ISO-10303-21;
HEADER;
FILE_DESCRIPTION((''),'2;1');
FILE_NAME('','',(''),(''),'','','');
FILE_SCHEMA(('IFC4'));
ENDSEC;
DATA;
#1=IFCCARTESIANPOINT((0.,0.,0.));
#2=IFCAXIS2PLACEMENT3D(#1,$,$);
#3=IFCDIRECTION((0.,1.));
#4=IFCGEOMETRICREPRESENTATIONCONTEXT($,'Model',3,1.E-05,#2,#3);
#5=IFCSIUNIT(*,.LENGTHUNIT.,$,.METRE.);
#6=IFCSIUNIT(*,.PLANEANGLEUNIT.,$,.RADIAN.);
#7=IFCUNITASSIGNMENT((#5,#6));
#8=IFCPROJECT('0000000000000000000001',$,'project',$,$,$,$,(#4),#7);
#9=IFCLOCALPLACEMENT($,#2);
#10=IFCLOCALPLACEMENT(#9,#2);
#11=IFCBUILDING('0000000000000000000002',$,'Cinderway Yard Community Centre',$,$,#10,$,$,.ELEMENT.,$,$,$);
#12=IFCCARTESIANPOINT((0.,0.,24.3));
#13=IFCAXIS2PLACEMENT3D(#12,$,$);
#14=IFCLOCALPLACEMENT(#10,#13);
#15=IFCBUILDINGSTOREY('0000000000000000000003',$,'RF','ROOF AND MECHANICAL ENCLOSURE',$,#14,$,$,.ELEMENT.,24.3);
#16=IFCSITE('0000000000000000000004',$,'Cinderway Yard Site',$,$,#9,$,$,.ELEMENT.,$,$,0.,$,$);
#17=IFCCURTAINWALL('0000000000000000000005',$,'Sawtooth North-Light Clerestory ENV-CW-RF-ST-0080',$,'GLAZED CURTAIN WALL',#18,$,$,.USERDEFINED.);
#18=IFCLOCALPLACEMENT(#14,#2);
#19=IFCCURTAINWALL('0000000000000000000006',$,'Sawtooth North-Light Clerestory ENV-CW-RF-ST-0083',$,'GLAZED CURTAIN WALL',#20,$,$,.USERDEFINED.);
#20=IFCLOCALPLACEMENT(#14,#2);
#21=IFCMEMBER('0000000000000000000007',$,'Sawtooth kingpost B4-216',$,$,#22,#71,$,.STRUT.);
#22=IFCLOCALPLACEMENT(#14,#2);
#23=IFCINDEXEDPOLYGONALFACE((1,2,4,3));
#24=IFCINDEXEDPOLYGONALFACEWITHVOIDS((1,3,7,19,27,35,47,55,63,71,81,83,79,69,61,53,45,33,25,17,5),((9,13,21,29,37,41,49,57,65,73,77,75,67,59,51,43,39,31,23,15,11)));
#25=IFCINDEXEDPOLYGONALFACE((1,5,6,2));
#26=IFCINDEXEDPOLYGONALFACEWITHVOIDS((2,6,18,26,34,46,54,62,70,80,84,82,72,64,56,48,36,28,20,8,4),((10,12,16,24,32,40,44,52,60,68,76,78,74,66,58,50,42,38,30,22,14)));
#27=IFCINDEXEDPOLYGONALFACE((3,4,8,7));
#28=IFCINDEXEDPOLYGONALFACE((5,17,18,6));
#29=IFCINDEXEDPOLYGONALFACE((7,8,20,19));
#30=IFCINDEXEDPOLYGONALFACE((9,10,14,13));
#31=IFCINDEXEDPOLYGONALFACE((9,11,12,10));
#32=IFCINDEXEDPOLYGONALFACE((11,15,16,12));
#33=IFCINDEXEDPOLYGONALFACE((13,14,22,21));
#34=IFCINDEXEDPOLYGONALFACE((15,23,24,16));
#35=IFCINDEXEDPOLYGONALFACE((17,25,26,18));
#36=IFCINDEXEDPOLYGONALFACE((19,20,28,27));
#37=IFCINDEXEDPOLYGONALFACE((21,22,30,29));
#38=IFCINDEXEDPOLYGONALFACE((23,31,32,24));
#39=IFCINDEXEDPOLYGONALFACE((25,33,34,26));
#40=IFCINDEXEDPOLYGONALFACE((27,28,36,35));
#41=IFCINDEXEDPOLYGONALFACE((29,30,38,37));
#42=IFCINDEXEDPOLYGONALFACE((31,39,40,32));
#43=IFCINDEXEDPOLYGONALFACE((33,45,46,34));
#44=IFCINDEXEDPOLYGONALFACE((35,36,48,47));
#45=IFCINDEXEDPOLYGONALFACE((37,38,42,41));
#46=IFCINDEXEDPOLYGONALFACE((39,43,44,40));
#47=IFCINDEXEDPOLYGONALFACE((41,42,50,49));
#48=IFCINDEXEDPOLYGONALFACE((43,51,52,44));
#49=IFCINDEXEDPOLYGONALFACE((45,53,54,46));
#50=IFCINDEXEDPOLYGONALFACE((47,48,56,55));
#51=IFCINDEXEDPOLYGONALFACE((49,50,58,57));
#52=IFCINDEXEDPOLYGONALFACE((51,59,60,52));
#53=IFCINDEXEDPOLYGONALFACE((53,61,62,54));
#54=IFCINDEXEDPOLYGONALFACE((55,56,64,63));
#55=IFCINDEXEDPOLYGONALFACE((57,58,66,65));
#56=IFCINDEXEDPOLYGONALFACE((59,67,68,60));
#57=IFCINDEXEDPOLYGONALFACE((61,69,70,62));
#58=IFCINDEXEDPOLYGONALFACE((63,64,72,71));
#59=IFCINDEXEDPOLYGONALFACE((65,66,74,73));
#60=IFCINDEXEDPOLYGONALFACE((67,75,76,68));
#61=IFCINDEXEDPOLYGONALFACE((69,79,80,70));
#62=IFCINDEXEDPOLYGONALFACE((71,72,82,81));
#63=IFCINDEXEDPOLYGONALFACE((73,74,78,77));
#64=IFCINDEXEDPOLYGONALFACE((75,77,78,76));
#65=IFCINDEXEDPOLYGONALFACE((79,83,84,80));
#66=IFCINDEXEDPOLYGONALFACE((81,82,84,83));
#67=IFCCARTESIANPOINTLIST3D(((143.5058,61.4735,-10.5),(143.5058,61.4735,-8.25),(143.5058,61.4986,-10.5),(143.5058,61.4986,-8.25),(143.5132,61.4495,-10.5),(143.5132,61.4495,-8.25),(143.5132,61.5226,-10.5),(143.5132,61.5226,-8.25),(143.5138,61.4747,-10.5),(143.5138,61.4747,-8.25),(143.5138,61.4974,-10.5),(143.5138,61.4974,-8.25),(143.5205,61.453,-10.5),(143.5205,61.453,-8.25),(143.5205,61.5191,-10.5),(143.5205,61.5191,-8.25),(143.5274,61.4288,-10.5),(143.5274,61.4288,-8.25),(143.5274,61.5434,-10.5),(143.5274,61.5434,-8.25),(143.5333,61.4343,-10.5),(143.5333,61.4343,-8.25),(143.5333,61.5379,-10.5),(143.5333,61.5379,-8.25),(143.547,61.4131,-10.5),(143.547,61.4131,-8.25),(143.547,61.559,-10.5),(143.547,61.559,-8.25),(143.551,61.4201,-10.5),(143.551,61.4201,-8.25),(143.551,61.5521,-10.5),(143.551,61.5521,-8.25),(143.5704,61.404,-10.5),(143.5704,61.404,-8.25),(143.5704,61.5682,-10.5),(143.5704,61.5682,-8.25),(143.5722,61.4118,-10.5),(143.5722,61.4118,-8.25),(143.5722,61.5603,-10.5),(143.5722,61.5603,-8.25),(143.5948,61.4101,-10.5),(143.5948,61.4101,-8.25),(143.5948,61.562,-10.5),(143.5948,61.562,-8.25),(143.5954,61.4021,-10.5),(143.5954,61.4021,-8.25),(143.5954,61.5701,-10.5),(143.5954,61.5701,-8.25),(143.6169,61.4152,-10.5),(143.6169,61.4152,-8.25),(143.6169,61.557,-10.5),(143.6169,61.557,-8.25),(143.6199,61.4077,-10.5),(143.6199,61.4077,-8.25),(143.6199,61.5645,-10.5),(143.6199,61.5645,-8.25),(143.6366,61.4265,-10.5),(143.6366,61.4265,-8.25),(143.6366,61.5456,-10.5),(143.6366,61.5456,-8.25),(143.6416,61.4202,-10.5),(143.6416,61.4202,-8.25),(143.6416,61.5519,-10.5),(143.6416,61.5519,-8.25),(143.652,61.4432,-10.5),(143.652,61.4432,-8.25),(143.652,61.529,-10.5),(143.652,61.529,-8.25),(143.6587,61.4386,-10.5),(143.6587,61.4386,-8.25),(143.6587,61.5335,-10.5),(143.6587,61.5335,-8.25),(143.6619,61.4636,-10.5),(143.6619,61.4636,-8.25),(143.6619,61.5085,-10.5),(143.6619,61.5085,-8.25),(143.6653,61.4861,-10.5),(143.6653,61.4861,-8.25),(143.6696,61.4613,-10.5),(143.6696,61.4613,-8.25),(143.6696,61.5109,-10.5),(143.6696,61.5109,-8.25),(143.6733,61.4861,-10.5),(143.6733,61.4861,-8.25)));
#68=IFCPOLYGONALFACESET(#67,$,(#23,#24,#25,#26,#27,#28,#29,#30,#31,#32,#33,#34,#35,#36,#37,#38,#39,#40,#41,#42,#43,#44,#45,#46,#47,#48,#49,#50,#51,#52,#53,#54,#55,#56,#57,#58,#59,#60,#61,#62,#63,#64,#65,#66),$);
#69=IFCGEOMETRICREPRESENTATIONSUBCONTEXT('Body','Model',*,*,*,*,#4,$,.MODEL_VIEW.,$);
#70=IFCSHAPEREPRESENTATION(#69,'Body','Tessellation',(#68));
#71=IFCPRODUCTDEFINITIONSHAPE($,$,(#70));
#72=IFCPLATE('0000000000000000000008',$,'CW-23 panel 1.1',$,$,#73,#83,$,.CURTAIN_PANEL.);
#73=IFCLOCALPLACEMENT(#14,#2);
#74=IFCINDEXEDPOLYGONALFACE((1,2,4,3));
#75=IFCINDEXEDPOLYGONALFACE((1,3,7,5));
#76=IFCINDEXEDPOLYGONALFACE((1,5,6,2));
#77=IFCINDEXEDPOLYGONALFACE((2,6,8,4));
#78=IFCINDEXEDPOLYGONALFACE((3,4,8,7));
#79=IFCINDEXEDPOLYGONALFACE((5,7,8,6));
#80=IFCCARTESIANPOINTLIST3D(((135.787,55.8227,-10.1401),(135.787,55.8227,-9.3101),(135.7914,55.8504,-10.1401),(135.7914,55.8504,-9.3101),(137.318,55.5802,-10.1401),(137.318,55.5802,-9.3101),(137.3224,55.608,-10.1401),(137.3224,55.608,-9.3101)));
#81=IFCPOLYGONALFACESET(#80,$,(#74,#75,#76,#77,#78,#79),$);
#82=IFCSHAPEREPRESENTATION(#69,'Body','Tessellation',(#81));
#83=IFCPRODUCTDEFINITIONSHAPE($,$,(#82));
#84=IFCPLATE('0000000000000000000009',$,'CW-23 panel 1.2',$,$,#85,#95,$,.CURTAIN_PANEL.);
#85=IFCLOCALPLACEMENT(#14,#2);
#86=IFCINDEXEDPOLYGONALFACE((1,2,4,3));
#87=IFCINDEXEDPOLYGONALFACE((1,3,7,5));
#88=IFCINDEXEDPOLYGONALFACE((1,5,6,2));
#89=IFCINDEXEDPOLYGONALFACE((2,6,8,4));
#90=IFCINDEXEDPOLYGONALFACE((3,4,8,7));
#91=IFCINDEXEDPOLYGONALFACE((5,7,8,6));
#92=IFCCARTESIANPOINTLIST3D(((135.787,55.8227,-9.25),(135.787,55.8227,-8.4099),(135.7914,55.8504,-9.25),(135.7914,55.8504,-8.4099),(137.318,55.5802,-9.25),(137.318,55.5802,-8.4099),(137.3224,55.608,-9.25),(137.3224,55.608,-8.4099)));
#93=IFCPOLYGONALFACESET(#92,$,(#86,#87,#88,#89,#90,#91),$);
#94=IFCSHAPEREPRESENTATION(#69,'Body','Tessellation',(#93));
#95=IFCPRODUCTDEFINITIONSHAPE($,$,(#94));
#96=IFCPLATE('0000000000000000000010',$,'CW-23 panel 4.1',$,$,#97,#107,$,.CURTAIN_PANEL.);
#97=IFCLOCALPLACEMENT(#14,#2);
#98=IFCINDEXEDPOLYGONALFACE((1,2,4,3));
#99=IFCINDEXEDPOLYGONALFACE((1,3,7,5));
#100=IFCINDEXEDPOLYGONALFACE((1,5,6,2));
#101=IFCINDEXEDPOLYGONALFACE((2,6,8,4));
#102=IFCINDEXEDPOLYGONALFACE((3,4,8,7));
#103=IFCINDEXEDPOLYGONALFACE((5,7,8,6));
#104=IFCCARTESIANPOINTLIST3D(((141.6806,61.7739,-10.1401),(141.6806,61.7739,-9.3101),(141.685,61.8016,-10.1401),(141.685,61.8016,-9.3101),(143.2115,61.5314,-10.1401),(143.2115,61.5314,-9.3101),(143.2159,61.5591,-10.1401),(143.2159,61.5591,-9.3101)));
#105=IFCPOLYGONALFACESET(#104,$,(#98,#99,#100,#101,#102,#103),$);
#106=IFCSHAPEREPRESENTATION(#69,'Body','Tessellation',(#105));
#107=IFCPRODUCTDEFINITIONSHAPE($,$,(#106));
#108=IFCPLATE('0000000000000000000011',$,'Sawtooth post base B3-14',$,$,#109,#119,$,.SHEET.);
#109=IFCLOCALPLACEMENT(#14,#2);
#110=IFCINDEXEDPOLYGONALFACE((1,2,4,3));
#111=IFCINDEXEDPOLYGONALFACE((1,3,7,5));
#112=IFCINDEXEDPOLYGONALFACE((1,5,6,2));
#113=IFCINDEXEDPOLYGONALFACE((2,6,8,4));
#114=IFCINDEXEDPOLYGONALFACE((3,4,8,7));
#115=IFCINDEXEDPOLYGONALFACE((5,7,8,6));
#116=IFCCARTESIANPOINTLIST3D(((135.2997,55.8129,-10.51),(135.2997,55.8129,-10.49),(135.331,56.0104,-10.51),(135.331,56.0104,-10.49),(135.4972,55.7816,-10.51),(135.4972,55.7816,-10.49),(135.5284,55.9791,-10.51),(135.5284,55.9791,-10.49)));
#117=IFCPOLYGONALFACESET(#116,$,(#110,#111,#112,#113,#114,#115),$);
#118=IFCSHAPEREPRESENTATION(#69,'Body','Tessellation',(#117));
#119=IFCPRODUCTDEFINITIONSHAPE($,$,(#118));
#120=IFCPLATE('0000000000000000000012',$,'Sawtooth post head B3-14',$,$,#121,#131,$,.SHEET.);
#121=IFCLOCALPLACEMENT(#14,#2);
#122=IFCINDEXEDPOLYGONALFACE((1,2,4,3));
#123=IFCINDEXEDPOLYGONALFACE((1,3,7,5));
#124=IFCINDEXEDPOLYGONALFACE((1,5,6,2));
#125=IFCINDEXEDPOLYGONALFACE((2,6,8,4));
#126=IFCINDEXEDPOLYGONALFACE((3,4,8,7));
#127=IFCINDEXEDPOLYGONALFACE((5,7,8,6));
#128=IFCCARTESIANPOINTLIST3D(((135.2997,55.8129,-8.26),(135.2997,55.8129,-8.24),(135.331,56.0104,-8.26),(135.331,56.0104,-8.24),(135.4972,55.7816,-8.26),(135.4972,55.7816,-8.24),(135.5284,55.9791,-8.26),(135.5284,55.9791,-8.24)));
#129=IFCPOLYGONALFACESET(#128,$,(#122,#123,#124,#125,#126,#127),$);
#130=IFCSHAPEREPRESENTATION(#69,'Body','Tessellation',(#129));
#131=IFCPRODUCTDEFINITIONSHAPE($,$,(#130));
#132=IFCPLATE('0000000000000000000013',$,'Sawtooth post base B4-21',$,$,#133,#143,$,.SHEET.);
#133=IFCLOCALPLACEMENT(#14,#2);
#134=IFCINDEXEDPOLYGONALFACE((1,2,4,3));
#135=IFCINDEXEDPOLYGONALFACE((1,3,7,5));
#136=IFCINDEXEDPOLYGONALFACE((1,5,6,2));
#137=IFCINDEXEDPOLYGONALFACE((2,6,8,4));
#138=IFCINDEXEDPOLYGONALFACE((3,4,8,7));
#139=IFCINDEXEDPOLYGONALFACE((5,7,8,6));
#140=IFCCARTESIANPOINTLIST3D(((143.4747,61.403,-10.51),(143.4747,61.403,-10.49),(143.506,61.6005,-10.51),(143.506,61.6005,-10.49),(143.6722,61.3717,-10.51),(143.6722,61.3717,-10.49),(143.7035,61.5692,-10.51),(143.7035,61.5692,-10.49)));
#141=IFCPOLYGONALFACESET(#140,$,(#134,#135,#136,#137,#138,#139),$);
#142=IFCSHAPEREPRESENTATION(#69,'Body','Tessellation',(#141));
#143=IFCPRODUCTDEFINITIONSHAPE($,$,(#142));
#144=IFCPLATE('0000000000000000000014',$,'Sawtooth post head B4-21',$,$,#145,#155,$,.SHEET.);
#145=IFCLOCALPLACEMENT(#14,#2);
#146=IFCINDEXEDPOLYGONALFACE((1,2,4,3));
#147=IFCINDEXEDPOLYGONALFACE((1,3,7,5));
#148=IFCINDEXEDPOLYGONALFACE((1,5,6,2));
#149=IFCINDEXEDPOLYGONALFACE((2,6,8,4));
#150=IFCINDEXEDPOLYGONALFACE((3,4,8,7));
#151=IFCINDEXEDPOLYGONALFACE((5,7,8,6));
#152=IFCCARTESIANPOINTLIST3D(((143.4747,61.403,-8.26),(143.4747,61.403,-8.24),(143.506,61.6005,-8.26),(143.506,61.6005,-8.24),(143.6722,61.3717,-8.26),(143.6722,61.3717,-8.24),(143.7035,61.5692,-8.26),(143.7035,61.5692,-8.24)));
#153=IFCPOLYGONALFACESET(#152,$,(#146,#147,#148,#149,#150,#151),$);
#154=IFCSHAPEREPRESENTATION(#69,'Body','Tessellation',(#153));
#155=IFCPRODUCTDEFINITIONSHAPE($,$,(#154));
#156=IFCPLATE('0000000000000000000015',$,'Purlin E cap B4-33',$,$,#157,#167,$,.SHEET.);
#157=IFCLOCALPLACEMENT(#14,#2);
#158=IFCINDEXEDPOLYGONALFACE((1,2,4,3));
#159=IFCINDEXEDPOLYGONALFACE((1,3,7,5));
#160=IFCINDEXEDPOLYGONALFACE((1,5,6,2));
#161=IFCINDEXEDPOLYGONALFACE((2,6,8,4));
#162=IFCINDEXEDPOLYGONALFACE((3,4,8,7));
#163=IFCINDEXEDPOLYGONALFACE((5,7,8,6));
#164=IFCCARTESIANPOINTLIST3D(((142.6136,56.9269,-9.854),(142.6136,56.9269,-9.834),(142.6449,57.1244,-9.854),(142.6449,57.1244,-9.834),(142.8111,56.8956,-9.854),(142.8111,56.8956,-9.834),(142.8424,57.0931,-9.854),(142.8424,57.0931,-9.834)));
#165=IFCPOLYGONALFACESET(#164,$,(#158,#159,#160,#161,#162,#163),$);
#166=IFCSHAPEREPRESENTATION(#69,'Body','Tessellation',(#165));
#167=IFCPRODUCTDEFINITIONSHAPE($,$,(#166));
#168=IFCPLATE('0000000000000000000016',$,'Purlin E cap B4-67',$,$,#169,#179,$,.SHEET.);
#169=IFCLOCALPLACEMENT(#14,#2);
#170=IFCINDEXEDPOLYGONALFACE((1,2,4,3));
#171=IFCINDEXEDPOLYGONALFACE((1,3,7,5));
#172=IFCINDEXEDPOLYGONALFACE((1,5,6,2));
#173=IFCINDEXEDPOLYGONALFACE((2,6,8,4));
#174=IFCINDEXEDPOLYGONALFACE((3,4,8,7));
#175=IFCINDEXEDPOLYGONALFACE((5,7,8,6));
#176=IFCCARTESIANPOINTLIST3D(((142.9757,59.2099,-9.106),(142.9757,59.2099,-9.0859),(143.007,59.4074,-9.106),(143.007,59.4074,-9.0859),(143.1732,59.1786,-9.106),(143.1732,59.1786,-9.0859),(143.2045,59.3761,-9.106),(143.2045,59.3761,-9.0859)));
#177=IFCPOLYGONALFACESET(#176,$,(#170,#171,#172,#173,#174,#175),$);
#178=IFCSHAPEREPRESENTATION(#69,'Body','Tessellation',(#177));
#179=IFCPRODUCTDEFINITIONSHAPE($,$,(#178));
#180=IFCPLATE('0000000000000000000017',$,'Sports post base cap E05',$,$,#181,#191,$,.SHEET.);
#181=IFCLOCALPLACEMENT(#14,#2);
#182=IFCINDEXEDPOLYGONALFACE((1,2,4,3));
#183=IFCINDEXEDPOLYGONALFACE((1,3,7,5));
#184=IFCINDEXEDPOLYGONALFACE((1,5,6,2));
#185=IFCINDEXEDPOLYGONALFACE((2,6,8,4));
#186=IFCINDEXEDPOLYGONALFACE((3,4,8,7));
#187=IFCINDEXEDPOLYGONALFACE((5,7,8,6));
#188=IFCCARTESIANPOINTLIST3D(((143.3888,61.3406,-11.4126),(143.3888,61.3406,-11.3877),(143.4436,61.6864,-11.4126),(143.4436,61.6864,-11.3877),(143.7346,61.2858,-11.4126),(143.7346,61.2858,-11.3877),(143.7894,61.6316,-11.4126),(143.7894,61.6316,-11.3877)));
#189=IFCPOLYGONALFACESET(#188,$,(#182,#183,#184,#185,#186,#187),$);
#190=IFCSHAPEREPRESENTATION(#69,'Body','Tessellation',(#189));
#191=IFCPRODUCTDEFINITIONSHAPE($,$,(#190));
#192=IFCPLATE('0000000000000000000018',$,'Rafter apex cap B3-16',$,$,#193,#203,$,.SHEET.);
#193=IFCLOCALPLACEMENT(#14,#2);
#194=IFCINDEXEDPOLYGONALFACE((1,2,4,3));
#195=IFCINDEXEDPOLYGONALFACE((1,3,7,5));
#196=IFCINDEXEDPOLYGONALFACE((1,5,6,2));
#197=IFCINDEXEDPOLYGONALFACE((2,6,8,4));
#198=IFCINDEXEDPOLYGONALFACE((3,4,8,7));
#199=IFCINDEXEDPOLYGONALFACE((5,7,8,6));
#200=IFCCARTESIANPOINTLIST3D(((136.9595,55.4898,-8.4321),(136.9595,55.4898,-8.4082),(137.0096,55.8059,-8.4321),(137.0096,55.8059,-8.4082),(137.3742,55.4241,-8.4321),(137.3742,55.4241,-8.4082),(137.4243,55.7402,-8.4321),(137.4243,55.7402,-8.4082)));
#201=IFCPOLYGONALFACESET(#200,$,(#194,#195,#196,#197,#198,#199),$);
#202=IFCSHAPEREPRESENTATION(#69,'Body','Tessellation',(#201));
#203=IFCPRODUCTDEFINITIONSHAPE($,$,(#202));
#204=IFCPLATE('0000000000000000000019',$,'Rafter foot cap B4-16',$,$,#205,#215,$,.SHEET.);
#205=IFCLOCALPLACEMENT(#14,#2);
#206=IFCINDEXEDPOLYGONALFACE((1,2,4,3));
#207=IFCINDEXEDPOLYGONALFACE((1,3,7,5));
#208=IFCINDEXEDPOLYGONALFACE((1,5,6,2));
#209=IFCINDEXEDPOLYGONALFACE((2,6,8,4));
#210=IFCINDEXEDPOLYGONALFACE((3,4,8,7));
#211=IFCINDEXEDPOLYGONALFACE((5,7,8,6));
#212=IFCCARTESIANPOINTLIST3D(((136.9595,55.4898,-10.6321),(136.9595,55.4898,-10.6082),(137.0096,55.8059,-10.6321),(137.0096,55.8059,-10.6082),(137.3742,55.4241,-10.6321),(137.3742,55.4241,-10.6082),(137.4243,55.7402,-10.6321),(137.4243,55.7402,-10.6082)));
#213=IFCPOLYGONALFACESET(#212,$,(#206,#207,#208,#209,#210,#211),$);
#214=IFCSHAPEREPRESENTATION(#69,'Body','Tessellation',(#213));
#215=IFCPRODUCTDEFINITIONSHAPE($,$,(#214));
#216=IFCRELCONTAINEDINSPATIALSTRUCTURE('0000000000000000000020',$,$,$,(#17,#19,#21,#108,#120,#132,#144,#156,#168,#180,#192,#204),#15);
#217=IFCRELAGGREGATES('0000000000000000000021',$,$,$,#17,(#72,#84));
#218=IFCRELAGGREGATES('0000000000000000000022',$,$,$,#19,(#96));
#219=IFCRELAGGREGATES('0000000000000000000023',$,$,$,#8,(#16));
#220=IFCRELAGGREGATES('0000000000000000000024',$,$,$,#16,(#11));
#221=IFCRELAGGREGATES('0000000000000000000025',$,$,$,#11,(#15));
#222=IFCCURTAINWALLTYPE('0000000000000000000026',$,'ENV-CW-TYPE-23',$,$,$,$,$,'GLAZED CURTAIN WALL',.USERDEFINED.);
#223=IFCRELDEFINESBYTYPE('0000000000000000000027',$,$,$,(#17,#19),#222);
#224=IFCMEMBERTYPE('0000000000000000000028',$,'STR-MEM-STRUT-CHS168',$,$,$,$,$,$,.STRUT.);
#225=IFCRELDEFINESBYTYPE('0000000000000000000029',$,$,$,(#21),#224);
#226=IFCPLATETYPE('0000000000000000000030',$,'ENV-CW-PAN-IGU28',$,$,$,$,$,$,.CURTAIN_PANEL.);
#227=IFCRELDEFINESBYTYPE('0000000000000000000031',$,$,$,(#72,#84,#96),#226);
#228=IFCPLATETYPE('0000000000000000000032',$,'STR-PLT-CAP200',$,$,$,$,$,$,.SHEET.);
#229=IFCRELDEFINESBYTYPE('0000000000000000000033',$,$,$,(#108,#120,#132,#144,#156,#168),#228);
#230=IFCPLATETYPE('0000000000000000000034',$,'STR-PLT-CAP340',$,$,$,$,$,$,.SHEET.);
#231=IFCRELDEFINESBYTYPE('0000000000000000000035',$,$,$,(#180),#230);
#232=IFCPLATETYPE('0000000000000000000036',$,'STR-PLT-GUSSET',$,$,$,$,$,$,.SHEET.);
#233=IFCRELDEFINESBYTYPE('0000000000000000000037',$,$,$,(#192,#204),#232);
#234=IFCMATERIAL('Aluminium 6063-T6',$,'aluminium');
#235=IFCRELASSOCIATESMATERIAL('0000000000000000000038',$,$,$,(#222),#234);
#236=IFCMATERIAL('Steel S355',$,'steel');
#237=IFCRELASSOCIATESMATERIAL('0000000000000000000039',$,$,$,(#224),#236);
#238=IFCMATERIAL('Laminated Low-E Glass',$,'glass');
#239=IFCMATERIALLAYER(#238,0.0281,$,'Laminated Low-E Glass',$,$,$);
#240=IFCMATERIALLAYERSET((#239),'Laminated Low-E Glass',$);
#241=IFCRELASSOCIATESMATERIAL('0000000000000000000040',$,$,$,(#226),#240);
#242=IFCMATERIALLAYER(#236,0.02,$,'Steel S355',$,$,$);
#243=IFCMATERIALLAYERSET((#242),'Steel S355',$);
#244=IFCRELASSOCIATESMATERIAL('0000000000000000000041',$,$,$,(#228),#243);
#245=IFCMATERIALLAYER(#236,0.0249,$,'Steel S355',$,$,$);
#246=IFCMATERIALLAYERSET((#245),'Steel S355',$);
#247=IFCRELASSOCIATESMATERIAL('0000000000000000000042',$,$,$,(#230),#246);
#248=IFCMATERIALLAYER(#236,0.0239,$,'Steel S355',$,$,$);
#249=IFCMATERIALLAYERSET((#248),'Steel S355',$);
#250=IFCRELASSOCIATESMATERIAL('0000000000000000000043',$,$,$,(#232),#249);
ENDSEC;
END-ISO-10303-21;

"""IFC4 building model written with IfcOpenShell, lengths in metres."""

from ifc_helpers import new_model, si_unit, direction, frame, origin, origin_2d, place, context, subcontext, project, spatial, rectangle, hollow_circle, extrude, material, layer, layer_set, material_profile, profile_set, type_object, element, aggregate, save


model = new_model("IFC4")

# Units and contexts
model_context = context("Model", 3, precision=1e-05, world=origin(), true_north=direction((0.0, 1.0)))
body_context = subcontext(model_context, "Body", "Model", "MODEL_VIEW")
ifc_project = project(units=[si_unit("LENGTHUNIT", "METRE"), si_unit("PLANEANGLEUNIT", "RADIAN")], contexts=[model_context])

# Site, building, storey
site_placement = place(None, origin())
site = spatial("IfcSite", under=ifc_project, at=site_placement, Name="Cinderway Yard Site", CompositionType="ELEMENT", RefElevation=0.0)
building_placement = place(site_placement, origin())
building = spatial("IfcBuilding", under=site, at=building_placement, Name="Cinderway Yard Community Centre", CompositionType="ELEMENT")
storey_placement = place(building_placement, frame((0.0, 0.0, 24.3)))
storey = spatial("IfcBuildingStorey", under=building, at=storey_placement, Name="RF", Description="ROOF AND MECHANICAL ENCLOSURE", CompositionType="ELEMENT", Elevation=24.3)

# Shared definitions
ifc_material_1 = material(Name="Steel S355", Category="steel")

# Curtain wall
ifc_material_2 = material(Name="Aluminium 6063-T6", Category="aluminium")
curtain_wall_type = type_object("IfcCurtainWallType", Name="ENV-CW-TYPE-23", ElementType="GLAZED CURTAIN WALL", PredefinedType="USERDEFINED", material=ifc_material_2)
curtain_wall_1_placement = place(storey_placement, origin())
curtain_wall_1 = element("IfcCurtainWall", 1, at=curtain_wall_1_placement, inside=storey, type_object=curtain_wall_type, Name="Sawtooth North-Light Clerestory ENV-CW-RF-ST-0080", ObjectType="GLAZED CURTAIN WALL", PredefinedType="USERDEFINED")

# Curtain wall
curtain_wall_2_placement = place(storey_placement, origin())
curtain_wall_2 = element("IfcCurtainWall", 2, at=curtain_wall_2_placement, inside=storey, type_object=curtain_wall_type, Name="Sawtooth North-Light Clerestory ENV-CW-RF-ST-0083", ObjectType="GLAZED CURTAIN WALL", PredefinedType="USERDEFINED")

# Member
ifc_material_profile_1 = material_profile(ifc_material_1, hollow_circle(Radius=0.0842, WallThickness=0.0081, at=origin_2d()), Name="Steel S355")
ifc_profile_set_1 = profile_set([ifc_material_profile_1], Name="Steel S355")
member_type_1 = type_object("IfcMemberType", Name="STR-MEM-STRUT-CHS168", PredefinedType="STRUT", material=ifc_profile_set_1)
member_1_placement = place(storey_placement, frame((143.5891, 61.4861, -10.5), z_axis=(0.0, 0.0, 1.0), x_axis=(1.0, 0.0, 0.0)))
element("IfcMember", 3, at=member_1_placement, inside=storey, type_object=member_type_1, Name="Sawtooth kingpost B4-216", PredefinedType="STRUT", context=body_context, shape_type="SweptSolid", body=[
    extrude(hollow_circle(Radius=0.0842, WallThickness=0.0081, at=origin_2d()), origin(), (0.0, 0.0, 1.0), 2.25),
])

# Plates
ifc_material_3 = material(Name="Laminated Low-E Glass", Category="glass")
ifc_layer_1 = layer(ifc_material_3, 0.0281, Name="Laminated Low-E Glass")
ifc_layer_set_1 = layer_set([ifc_layer_1], Name="Laminated Low-E Glass")
plate_type_1 = type_object("IfcPlateType", Name="ENV-CW-PAN-IGU28", PredefinedType="CURTAIN_PANEL", material=ifc_layer_set_1)
plate_1_placement = place(storey_placement, frame((136.5547, 55.7153, -10.1401), z_axis=(0.0, 0.0, 1.0), x_axis=(0.987692, -0.156409, 0.0)))
plate_1 = element("IfcPlate", 4, at=plate_1_placement, type_object=plate_type_1, Name="CW-23 panel 1.1", PredefinedType="CURTAIN_PANEL", context=body_context, shape_type="SweptSolid", body=[
    extrude(rectangle(XDim=1.55, YDim=0.0281, at=origin_2d()), origin(), (0.0, 0.0, 1.0), 0.8301),
])
plate_2_placement = place(storey_placement, frame((136.5547, 55.7153, -9.25), z_axis=(0.0, 0.0, 1.0), x_axis=(0.987692, -0.156409, 0.0)))
plate_2 = element("IfcPlate", 5, at=plate_2_placement, type_object=plate_type_1, Name="CW-23 panel 1.2", PredefinedType="CURTAIN_PANEL", context=body_context, shape_type="SweptSolid", body=[
    extrude(rectangle(XDim=1.55, YDim=0.0281, at=origin_2d()), origin(), (0.0, 0.0, 1.0), 0.8401),
])
aggregate(curtain_wall_1, [plate_1, plate_2])
plate_3_placement = place(storey_placement, frame((142.4482, 61.6665, -10.1401), z_axis=(0.0, 0.0, 1.0), x_axis=(0.987692, -0.156409, 0.0)))
plate_3 = element("IfcPlate", 6, at=plate_3_placement, type_object=plate_type_1, Name="CW-23 panel 4.1", PredefinedType="CURTAIN_PANEL", context=body_context, shape_type="SweptSolid", body=[
    extrude(rectangle(XDim=1.55, YDim=0.0281, at=origin_2d()), origin(), (0.0, 0.0, 1.0), 0.8301),
])
aggregate(curtain_wall_2, [plate_3])

# Plates
ifc_layer_2 = layer(ifc_material_1, 0.02, Name="Steel S355")
ifc_layer_set_2 = layer_set([ifc_layer_2], Name="Steel S355")
plate_type_2 = type_object("IfcPlateType", Name="STR-PLT-CAP200", PredefinedType="SHEET", material=ifc_layer_set_2)
for number, where, z_axis, x_axis, name in (
    (7, (135.4141, 55.896, -10.51), (0.0, 0.0, 1.0), (0.987688, -0.156434, 0.0), "Sawtooth post base B3-14"),
    (8, (135.4141, 55.896, -8.26), (0.0, 0.0, 1.0), (0.987688, -0.156434, 0.0), "Sawtooth post head B3-14"),
    (9, (143.5891, 61.4861, -10.51), (0.0, 0.0, 1.0), (0.987688, -0.156434, 0.0), "Sawtooth post base B4-21"),
    (10, (143.5891, 61.4861, -8.26), (0.0, 0.0, 1.0), (0.987688, -0.156434, 0.0), "Sawtooth post head B4-21"),
    (11, (142.728, 57.01, -9.854), (0.0, 0.0, 1.0), (0.987688, -0.156434, 0.0), "Purlin E cap B4-33"),
    (12, (143.0901, 59.293, -9.106), (0.0, 0.0, 1.0), (0.987688, -0.156434, 0.0), "Purlin E cap B4-67"),
):
    element("IfcPlate", number, at=place(storey_placement, frame(where, z_axis=z_axis, x_axis=x_axis)), inside=storey, type_object=plate_type_2, Name=name, PredefinedType="SHEET", context=body_context, shape_type="SweptSolid", body=[
        extrude(rectangle(XDim=0.2, YDim=0.2, at=origin_2d()), origin(), (0.0, 0.0, 1.0), 0.02),
    ])
ifc_layer_3 = layer(ifc_material_1, 0.0249, Name="Steel S355")
ifc_layer_set_3 = layer_set([ifc_layer_3], Name="Steel S355")
plate_type_3 = type_object("IfcPlateType", Name="STR-PLT-CAP340", PredefinedType="SHEET", material=ifc_layer_set_3)
plate_4_placement = place(storey_placement, frame((143.5891, 61.4861, -11.4126), z_axis=(0.0, 0.0, 1.0), x_axis=(0.987688, -0.156434, 0.0)))
element("IfcPlate", 13, at=plate_4_placement, inside=storey, type_object=plate_type_3, Name="Sports post base cap E05", PredefinedType="SHEET", context=body_context, shape_type="SweptSolid", body=[
    extrude(rectangle(XDim=0.3501, YDim=0.3501, at=origin_2d()), origin(), (0.0, 0.0, 1.0), 0.0249),
])
ifc_layer_4 = layer(ifc_material_1, 0.0239, Name="Steel S355")
ifc_layer_set_4 = layer_set([ifc_layer_4], Name="Steel S355")
plate_type_4 = type_object("IfcPlateType", Name="STR-PLT-GUSSET", PredefinedType="SHEET", material=ifc_layer_set_4)
for number, where, z_axis, x_axis, name in (
    (14, (137.1919, 55.615, -8.4321), (0.0, 0.0, 1.0), (0.987688, -0.156434, 0.0), "Rafter apex cap B3-16"),
    (15, (137.1919, 55.615, -10.6321), (0.0, 0.0, 1.0), (0.987688, -0.156434, 0.0), "Rafter foot cap B4-16"),
):
    element("IfcPlate", number, at=place(storey_placement, frame(where, z_axis=z_axis, x_axis=x_axis)), inside=storey, type_object=plate_type_4, Name=name, PredefinedType="SHEET", context=body_context, shape_type="SweptSolid", body=[
        extrude(rectangle(XDim=0.4199, YDim=0.3201, at=origin_2d()), origin(), (0.0, 0.0, 1.0), 0.0239),
    ])

save(model, "model.ifc")
